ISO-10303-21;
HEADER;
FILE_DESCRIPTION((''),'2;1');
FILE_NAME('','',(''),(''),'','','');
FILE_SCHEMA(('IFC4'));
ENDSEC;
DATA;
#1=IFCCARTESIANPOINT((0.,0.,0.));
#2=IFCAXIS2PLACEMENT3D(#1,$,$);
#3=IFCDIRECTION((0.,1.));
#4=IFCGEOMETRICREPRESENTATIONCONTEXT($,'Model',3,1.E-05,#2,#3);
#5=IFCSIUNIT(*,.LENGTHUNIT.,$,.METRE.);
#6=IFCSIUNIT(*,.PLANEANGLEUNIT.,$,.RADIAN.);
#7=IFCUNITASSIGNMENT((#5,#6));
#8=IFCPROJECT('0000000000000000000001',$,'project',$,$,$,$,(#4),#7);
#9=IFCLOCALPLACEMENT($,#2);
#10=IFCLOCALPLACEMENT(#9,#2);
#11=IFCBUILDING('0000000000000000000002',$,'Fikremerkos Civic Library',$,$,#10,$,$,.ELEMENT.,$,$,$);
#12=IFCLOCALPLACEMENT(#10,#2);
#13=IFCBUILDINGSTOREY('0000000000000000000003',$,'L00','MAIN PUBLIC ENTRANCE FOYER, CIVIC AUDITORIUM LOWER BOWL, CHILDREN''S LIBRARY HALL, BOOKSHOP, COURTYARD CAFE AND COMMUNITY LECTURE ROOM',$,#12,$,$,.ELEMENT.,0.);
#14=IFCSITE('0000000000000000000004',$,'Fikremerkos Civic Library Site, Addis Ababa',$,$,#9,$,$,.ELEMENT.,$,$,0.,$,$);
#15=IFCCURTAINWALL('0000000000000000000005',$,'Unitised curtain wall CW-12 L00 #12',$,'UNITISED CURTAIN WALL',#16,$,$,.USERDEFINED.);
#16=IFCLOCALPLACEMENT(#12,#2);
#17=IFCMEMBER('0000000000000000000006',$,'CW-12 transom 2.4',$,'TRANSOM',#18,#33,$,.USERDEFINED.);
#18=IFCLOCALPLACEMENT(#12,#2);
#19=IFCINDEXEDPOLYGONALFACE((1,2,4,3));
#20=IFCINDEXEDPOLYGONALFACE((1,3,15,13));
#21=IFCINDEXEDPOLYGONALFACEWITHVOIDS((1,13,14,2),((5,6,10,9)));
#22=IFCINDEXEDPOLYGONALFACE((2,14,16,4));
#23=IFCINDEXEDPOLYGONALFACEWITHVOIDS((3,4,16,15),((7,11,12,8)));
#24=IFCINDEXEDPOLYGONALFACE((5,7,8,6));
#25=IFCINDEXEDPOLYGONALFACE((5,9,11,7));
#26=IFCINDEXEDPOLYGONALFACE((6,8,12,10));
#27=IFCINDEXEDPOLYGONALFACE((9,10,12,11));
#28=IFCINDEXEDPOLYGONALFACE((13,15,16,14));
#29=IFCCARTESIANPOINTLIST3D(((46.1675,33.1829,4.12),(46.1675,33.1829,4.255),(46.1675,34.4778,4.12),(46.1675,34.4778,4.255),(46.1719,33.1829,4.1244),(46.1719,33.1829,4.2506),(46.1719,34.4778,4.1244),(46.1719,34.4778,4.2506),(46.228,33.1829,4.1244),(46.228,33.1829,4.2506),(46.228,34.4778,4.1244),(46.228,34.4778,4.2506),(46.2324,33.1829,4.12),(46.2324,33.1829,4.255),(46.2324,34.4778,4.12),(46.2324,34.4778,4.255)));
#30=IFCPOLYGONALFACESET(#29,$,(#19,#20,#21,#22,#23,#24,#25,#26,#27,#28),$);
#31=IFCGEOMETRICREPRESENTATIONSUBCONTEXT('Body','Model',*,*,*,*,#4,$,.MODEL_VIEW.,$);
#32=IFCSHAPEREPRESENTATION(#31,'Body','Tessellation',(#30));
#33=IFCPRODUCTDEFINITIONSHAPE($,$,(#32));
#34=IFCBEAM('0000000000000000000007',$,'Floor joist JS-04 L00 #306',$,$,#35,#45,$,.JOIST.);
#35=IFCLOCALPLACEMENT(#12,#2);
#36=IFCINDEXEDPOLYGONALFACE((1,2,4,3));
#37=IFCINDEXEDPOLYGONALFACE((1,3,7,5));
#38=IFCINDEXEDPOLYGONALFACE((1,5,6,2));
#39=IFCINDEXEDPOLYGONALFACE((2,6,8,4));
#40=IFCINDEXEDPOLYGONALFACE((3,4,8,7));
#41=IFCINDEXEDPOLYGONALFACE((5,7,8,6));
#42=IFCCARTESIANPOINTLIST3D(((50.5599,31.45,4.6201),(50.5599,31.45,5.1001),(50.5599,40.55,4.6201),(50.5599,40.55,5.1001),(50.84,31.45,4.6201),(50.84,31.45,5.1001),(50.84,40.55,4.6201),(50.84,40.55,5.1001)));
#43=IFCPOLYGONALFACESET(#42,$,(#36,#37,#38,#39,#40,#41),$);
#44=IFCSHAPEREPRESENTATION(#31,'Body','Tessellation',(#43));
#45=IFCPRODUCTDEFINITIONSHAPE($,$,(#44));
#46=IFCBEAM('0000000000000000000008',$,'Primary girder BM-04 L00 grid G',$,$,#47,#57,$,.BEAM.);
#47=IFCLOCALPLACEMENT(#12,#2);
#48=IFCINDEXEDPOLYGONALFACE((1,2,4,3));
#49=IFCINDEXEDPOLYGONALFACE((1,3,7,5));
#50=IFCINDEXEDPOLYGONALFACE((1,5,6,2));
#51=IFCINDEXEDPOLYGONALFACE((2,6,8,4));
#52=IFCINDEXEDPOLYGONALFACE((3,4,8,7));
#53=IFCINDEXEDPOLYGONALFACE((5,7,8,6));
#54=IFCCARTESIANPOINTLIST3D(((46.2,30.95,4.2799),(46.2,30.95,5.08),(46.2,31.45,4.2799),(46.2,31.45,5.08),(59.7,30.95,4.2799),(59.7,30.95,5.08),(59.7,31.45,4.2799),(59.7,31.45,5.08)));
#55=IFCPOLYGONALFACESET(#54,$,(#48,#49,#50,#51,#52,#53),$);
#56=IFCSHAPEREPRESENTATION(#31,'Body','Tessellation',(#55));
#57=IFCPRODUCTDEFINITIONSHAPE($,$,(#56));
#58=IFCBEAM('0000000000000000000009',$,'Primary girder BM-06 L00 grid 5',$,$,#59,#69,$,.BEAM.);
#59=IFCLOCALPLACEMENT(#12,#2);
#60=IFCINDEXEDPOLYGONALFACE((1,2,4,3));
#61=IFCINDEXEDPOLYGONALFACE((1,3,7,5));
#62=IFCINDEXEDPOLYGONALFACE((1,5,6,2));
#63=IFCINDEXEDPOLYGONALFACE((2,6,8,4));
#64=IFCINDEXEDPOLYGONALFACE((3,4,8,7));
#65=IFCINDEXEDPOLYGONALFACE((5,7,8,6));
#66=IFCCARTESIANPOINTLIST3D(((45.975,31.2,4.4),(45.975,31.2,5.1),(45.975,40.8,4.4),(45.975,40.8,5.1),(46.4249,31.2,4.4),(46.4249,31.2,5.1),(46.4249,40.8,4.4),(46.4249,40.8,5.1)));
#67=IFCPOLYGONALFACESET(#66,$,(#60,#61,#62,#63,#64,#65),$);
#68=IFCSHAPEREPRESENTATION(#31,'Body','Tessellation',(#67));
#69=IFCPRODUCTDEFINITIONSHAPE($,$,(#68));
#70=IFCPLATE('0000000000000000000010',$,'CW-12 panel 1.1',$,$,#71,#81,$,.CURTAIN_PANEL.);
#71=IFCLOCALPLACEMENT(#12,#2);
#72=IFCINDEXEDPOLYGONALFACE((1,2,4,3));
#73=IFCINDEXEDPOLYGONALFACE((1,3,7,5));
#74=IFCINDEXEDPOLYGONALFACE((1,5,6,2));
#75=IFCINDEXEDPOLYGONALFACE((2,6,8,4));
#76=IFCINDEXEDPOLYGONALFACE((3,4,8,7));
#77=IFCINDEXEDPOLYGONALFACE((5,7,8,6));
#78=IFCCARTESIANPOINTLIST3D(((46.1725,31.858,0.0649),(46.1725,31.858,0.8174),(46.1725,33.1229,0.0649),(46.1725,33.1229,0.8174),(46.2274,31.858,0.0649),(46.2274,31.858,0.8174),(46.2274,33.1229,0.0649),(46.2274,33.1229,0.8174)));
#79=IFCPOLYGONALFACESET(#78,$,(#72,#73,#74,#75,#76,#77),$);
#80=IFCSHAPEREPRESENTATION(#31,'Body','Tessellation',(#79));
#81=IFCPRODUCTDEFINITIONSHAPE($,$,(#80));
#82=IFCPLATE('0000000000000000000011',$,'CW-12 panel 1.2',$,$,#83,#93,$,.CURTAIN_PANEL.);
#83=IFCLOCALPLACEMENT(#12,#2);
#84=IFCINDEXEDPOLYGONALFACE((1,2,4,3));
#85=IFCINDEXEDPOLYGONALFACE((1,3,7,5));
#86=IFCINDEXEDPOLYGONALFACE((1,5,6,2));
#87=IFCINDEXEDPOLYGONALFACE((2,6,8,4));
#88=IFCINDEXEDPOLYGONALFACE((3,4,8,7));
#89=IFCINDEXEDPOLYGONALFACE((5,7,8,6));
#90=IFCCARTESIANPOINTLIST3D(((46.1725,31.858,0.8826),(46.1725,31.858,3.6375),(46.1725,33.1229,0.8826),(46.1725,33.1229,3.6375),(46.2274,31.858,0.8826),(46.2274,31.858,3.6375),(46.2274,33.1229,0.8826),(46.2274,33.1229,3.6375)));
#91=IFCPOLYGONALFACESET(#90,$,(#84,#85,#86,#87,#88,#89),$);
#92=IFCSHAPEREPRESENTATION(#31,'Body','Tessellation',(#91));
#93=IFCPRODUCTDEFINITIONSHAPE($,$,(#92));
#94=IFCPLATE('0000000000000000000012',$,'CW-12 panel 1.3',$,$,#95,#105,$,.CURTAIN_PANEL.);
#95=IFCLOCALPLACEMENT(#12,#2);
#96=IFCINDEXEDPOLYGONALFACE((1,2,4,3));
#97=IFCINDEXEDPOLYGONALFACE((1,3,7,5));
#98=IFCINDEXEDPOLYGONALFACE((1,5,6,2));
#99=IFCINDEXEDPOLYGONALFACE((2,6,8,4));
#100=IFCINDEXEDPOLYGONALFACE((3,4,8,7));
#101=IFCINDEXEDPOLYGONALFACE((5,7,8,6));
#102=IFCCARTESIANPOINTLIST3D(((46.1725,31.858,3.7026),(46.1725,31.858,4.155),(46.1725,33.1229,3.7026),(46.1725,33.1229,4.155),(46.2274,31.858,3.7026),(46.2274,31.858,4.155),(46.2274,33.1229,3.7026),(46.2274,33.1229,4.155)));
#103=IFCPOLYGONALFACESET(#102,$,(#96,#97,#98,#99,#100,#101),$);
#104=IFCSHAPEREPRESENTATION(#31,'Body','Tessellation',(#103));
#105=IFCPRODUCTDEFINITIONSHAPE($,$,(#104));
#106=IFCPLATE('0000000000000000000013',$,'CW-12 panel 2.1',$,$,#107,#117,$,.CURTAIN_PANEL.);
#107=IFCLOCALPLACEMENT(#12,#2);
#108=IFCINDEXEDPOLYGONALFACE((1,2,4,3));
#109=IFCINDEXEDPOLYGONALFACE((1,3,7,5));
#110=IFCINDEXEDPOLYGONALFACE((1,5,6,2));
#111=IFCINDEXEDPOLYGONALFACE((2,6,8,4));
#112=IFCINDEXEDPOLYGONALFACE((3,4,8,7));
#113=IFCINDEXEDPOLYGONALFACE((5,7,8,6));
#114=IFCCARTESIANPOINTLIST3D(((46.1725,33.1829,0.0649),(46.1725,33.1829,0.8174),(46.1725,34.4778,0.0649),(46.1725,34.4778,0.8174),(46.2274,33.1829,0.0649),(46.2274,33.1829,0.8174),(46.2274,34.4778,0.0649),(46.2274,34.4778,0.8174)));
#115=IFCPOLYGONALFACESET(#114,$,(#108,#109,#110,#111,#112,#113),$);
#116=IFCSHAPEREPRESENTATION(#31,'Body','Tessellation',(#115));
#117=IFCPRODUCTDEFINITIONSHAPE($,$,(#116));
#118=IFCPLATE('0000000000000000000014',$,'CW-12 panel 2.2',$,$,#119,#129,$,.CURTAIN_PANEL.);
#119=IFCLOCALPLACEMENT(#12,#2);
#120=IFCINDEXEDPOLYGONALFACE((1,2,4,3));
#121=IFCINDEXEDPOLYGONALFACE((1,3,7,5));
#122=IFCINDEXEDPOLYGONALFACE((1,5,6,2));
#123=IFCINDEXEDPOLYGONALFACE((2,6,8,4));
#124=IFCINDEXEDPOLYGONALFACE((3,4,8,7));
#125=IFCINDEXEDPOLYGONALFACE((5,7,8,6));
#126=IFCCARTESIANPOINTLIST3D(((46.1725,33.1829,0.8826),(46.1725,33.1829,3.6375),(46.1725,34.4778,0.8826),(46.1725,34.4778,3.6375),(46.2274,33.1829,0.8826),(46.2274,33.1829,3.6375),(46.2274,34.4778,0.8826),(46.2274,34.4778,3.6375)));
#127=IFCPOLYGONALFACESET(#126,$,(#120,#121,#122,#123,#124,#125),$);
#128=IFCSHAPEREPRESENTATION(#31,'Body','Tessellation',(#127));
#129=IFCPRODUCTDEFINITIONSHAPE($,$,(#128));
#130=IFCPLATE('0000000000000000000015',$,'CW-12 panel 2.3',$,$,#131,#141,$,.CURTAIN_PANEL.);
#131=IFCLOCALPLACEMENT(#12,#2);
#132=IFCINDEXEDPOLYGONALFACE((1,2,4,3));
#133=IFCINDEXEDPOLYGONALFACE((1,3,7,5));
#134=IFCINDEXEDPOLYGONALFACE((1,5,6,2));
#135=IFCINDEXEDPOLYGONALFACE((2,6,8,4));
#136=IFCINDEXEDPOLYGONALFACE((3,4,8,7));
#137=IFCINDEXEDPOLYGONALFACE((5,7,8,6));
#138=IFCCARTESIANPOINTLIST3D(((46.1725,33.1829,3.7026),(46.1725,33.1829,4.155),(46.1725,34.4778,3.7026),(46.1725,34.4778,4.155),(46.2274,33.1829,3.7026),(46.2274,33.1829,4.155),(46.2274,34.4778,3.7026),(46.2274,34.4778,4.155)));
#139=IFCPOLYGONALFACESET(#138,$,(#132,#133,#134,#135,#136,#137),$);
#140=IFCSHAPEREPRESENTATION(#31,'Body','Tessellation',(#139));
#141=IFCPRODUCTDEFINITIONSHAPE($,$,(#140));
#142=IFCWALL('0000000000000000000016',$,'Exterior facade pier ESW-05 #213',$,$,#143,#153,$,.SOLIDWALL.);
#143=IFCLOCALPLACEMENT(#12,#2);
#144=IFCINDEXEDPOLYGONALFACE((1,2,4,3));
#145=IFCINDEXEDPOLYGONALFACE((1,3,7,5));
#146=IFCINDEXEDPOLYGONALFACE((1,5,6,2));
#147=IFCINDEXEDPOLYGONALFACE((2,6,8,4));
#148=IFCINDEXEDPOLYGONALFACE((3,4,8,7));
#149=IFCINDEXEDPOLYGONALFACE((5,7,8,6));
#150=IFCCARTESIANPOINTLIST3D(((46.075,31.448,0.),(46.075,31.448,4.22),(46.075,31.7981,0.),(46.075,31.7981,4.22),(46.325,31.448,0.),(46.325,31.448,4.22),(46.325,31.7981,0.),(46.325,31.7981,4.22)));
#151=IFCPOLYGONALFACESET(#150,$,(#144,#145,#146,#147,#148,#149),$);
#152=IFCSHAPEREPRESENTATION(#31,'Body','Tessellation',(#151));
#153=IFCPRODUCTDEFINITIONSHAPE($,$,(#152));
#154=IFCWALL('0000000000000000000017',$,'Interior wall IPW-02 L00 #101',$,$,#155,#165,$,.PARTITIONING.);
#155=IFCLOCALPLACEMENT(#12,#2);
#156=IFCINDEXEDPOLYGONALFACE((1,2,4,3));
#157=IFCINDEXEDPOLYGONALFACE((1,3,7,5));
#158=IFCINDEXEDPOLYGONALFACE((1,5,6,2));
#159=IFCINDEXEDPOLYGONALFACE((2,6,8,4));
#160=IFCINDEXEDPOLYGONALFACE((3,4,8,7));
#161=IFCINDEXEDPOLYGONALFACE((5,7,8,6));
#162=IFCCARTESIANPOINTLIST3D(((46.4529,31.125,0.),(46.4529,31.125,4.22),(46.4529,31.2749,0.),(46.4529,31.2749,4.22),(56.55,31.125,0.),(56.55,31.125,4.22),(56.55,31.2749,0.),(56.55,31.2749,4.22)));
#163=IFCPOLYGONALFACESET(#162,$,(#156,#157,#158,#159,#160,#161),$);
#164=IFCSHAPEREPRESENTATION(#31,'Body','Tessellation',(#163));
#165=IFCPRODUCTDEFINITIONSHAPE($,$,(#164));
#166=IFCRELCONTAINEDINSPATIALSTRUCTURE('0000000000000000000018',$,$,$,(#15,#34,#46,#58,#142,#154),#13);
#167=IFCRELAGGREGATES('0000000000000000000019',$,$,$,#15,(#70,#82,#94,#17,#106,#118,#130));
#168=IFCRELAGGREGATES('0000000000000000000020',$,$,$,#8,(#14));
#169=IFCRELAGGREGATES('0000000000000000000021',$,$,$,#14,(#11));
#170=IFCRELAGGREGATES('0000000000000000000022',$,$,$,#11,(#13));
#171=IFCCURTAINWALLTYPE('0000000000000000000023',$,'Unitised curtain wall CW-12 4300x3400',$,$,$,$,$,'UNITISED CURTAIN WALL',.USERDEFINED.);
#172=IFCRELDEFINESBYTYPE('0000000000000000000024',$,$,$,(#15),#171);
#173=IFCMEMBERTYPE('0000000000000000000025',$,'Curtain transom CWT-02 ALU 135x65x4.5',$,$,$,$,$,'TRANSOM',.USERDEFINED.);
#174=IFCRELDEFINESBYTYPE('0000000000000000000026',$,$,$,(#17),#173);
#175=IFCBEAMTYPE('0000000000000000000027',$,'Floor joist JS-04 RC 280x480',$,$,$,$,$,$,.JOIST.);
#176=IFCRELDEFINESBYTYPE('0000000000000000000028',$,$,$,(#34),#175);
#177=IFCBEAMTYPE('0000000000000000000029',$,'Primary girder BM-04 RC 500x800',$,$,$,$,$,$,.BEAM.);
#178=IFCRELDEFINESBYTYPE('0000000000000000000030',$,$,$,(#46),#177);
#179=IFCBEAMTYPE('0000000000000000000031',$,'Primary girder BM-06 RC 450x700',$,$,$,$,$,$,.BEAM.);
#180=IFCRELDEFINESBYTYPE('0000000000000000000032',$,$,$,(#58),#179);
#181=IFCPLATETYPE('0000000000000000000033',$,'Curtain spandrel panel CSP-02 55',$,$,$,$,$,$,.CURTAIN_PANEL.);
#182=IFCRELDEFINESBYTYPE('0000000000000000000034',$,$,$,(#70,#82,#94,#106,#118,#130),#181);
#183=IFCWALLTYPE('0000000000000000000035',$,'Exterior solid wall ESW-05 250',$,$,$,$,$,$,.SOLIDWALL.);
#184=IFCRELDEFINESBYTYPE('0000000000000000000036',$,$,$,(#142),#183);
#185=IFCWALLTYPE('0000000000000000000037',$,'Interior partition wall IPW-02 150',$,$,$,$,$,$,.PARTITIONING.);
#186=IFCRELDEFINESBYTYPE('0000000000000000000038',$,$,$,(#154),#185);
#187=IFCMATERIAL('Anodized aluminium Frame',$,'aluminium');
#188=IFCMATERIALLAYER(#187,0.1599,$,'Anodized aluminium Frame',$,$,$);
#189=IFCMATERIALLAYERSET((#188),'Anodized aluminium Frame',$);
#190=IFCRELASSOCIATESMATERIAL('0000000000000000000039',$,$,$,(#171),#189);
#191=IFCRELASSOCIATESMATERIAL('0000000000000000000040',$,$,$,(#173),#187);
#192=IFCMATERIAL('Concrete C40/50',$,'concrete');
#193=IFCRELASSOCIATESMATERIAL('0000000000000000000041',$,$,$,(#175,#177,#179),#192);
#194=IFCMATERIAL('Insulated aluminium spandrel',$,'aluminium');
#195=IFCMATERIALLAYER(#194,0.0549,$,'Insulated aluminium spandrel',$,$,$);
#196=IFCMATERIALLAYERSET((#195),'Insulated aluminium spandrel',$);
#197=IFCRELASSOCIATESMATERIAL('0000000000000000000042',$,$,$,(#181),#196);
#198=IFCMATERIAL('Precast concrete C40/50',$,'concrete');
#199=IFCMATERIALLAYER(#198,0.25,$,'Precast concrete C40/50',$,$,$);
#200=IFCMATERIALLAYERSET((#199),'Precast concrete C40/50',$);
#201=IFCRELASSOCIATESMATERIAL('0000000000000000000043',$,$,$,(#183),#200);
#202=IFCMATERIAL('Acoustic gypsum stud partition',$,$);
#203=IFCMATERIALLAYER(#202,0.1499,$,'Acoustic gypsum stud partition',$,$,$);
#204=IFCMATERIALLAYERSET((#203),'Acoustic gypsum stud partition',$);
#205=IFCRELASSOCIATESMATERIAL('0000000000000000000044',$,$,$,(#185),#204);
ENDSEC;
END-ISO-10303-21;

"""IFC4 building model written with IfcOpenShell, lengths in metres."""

from ifc_helpers import new_model, si_unit, direction, frame, frame_2d, origin, origin_2d, place, context, subcontext, project, spatial, rectangle, hollow_rectangle, extrude, material, layer, layer_set, material_profile, profile_set, type_object, element, aggregate, save


model = new_model("IFC4")

# Units and contexts
model_context = context("Model", 3, precision=1e-05, world=origin(), true_north=direction((0.0, 1.0)))
body_context = subcontext(model_context, "Body", "Model", "MODEL_VIEW")
ifc_project = project(units=[si_unit("LENGTHUNIT", "METRE"), si_unit("PLANEANGLEUNIT", "RADIAN")], contexts=[model_context])

# Site, building, storey
site_placement = place(None, origin())
site = spatial("IfcSite", under=ifc_project, at=site_placement, Name="Fikremerkos Civic Library Site, Addis Ababa", CompositionType="ELEMENT", RefElevation=0.0)
building_placement = place(site_placement, origin())
building = spatial("IfcBuilding", under=site, at=building_placement, Name="Fikremerkos Civic Library", CompositionType="ELEMENT")
storey_placement = place(building_placement, origin())
storey = spatial("IfcBuildingStorey", under=building, at=storey_placement, Name="L00", Description="MAIN PUBLIC ENTRANCE FOYER, CIVIC AUDITORIUM LOWER BOWL, CHILDREN'S LIBRARY HALL, BOOKSHOP, COURTYARD CAFE AND COMMUNITY LECTURE ROOM", CompositionType="ELEMENT", Elevation=0.0)

# Shared definitions
ifc_material_1 = material(Name="Concrete C40/50", Category="concrete")

# Curtain wall, member
ifc_material_2 = material(Name="Anodized aluminium Frame", Category="aluminium")
ifc_layer_1 = layer(ifc_material_2, 0.1599, Name="Anodized aluminium Frame")
ifc_layer_set_1 = layer_set([ifc_layer_1], Name="Anodized aluminium Frame")
curtain_wall_type = type_object("IfcCurtainWallType", Name="Unitised curtain wall CW-12 4300x3400", ElementType="UNITISED CURTAIN WALL", PredefinedType="USERDEFINED", material=ifc_layer_set_1)
curtain_wall_placement = place(storey_placement, origin())
curtain_wall = element("IfcCurtainWall", 1, at=curtain_wall_placement, inside=storey, type_object=curtain_wall_type, Name="Unitised curtain wall CW-12 L00 #12", ObjectType="UNITISED CURTAIN WALL", PredefinedType="USERDEFINED")
ifc_material_profile_1 = material_profile(ifc_material_2, hollow_rectangle(XDim=0.0649, YDim=0.135, WallThickness=0.0044, at=origin_2d()), Name="ALU 135x65x4.5")
ifc_profile_set_1 = profile_set([ifc_material_profile_1], Name="Anodized aluminium Frame")
member_type_1 = type_object("IfcMemberType", Name="Curtain transom CWT-02 ALU 135x65x4.5", ElementType="TRANSOM", PredefinedType="USERDEFINED", material=ifc_profile_set_1)
member_1_placement = place(storey_placement, frame((46.2, 33.1829, 4.1875), z_axis=(0.0, 1.0, 0.0), x_axis=(-1.0, 0.0, 0.0)))
member_1 = element("IfcMember", 2, at=member_1_placement, type_object=member_type_1, Name="CW-12 transom 2.4", ObjectType="TRANSOM", PredefinedType="USERDEFINED", context=body_context, shape_type="SweptSolid", body=[
    extrude(hollow_rectangle(XDim=0.0649, YDim=0.135, WallThickness=0.0044, at=origin_2d()), origin(), (0.0, 0.0, 1.0), 1.2949),
])

# Beams
ifc_material_profile_2 = material_profile(ifc_material_1, rectangle(XDim=0.28, YDim=0.48, at=origin_2d()), Name="RC 280x480")
ifc_profile_set_2 = profile_set([ifc_material_profile_2], Name="Concrete C40/50")
beam_type_1 = type_object("IfcBeamType", Name="Floor joist JS-04 RC 280x480", PredefinedType="JOIST", material=ifc_profile_set_2)
beam_1_placement = place(storey_placement, frame((50.7, 31.45, 4.8601), z_axis=(0.0, 1.0, 0.0), x_axis=(-1.0, 0.0, 0.0)))
element("IfcBeam", 3, at=beam_1_placement, inside=storey, type_object=beam_type_1, Name="Floor joist JS-04 L00 #306", PredefinedType="JOIST", context=body_context, shape_type="SweptSolid", body=[
    extrude(rectangle(XDim=0.28, YDim=0.48, at=origin_2d()), origin(), (0.0, 0.0, 1.0), 9.1001),
])
ifc_material_profile_3 = material_profile(ifc_material_1, rectangle(XDim=0.5, YDim=0.8, at=origin_2d()), Name="RC 500x800")
ifc_profile_set_3 = profile_set([ifc_material_profile_3], Name="Concrete C40/50")
beam_type_2 = type_object("IfcBeamType", Name="Primary girder BM-04 RC 500x800", PredefinedType="BEAM", material=ifc_profile_set_3)
beam_2_placement = place(storey_placement, frame((46.2, 31.2, 4.6799), z_axis=(1.0, 0.0, 0.0), x_axis=(0.0, 1.0, 0.0)))
element("IfcBeam", 4, at=beam_2_placement, inside=storey, type_object=beam_type_2, Name="Primary girder BM-04 L00 grid G", PredefinedType="BEAM", context=body_context, shape_type="SweptSolid", body=[
    extrude(rectangle(XDim=0.5, YDim=0.8, at=origin_2d()), origin(), (0.0, 0.0, 1.0), 13.5),
])
ifc_material_profile_4 = material_profile(ifc_material_1, rectangle(XDim=0.45, YDim=0.7, at=origin_2d()), Name="RC 450x700")
ifc_profile_set_4 = profile_set([ifc_material_profile_4], Name="Concrete C40/50")
beam_type_3 = type_object("IfcBeamType", Name="Primary girder BM-06 RC 450x700", PredefinedType="BEAM", material=ifc_profile_set_4)
beam_3_placement = place(storey_placement, frame((46.2, 31.2, 4.75), z_axis=(0.0, 1.0, 0.0), x_axis=(-1.0, 0.0, 0.0)))
element("IfcBeam", 5, at=beam_3_placement, inside=storey, type_object=beam_type_3, Name="Primary girder BM-06 L00 grid 5", PredefinedType="BEAM", context=body_context, shape_type="SweptSolid", body=[
    extrude(rectangle(XDim=0.45, YDim=0.7, at=origin_2d()), origin(), (0.0, 0.0, 1.0), 9.6001),
])

# Plates
ifc_material_3 = material(Name="Insulated aluminium spandrel", Category="aluminium")
ifc_layer_2 = layer(ifc_material_3, 0.0549, Name="Insulated aluminium spandrel")
ifc_layer_set_2 = layer_set([ifc_layer_2], Name="Insulated aluminium spandrel")
plate_type = type_object("IfcPlateType", Name="Curtain spandrel panel CSP-02 55", PredefinedType="CURTAIN_PANEL", material=ifc_layer_set_2)
plate_1_placement = place(storey_placement, frame((46.2, 32.4905, 0.0649), z_axis=(0.0, 0.0, 1.0), x_axis=(0.0, 1.0, 0.0)))
plate_1 = element("IfcPlate", 6, at=plate_1_placement, type_object=plate_type, Name="CW-12 panel 1.1", PredefinedType="CURTAIN_PANEL", context=body_context, shape_type="SweptSolid", body=[
    extrude(rectangle(XDim=1.2649, YDim=0.0549, at=origin_2d()), origin(), (0.0, 0.0, 1.0), 0.7524),
])
plate_2_placement = place(storey_placement, frame((46.2, 32.4905, 0.8826), z_axis=(0.0, 0.0, 1.0), x_axis=(0.0, 1.0, 0.0)))
plate_2 = element("IfcPlate", 7, at=plate_2_placement, type_object=plate_type, Name="CW-12 panel 1.2", PredefinedType="CURTAIN_PANEL", context=body_context, shape_type="SweptSolid", body=[
    extrude(rectangle(XDim=1.2649, YDim=0.0549, at=origin_2d()), origin(), (0.0, 0.0, 1.0), 2.7549),
])
plate_3_placement = place(storey_placement, frame((46.2, 32.4905, 3.7026), z_axis=(0.0, 0.0, 1.0), x_axis=(0.0, 1.0, 0.0)))
plate_3 = element("IfcPlate", 8, at=plate_3_placement, type_object=plate_type, Name="CW-12 panel 1.3", PredefinedType="CURTAIN_PANEL", context=body_context, shape_type="SweptSolid", body=[
    extrude(rectangle(XDim=1.2649, YDim=0.0549, at=origin_2d()), origin(), (0.0, 0.0, 1.0), 0.4524),
])
plate_4_placement = place(storey_placement, frame((46.2, 33.8303, 0.0649), z_axis=(0.0, 0.0, 1.0), x_axis=(0.0, 1.0, 0.0)))
plate_4 = element("IfcPlate", 9, at=plate_4_placement, type_object=plate_type, Name="CW-12 panel 2.1", PredefinedType="CURTAIN_PANEL", context=body_context, shape_type="SweptSolid", body=[
    extrude(rectangle(XDim=1.2949, YDim=0.0549, at=origin_2d()), origin(), (0.0, 0.0, 1.0), 0.7524),
])
plate_5_placement = place(storey_placement, frame((46.2, 33.8303, 0.8826), z_axis=(0.0, 0.0, 1.0), x_axis=(0.0, 1.0, 0.0)))
plate_5 = element("IfcPlate", 10, at=plate_5_placement, type_object=plate_type, Name="CW-12 panel 2.2", PredefinedType="CURTAIN_PANEL", context=body_context, shape_type="SweptSolid", body=[
    extrude(rectangle(XDim=1.2949, YDim=0.0549, at=origin_2d()), origin(), (0.0, 0.0, 1.0), 2.7549),
])
plate_6_placement = place(storey_placement, frame((46.2, 33.8303, 3.7026), z_axis=(0.0, 0.0, 1.0), x_axis=(0.0, 1.0, 0.0)))
plate_6 = element("IfcPlate", 11, at=plate_6_placement, type_object=plate_type, Name="CW-12 panel 2.3", PredefinedType="CURTAIN_PANEL", context=body_context, shape_type="SweptSolid", body=[
    extrude(rectangle(XDim=1.2949, YDim=0.0549, at=origin_2d()), origin(), (0.0, 0.0, 1.0), 0.4524),
])
aggregate(curtain_wall, [plate_1, plate_2, plate_3, member_1, plate_4, plate_5, plate_6])

# Walls
ifc_material_4 = material(Name="Precast concrete C40/50", Category="concrete")
ifc_layer_3 = layer(ifc_material_4, 0.25, Name="Precast concrete C40/50")
ifc_layer_set_3 = layer_set([ifc_layer_3], Name="Precast concrete C40/50")
wall_type_1 = type_object("IfcWallType", Name="Exterior solid wall ESW-05 250", PredefinedType="SOLIDWALL", material=ifc_layer_set_3)
wall_1_placement = place(storey_placement, frame((46.2, 31.448, 0.0), z_axis=(0.0, 0.0, 1.0), x_axis=(0.0, 1.0, 0.0)))
element("IfcWall", 12, at=wall_1_placement, inside=storey, type_object=wall_type_1, Name="Exterior facade pier ESW-05 #213", PredefinedType="SOLIDWALL", context=body_context, shape_type="SweptSolid", body=[
    extrude(rectangle(XDim=0.3501, YDim=0.25, at=frame_2d((0.175, 0.0))), origin(), (0.0, 0.0, 1.0), 4.22),
])
ifc_material_5 = material(Name="Acoustic gypsum stud partition")
ifc_layer_4 = layer(ifc_material_5, 0.1499, Name="Acoustic gypsum stud partition")
ifc_layer_set_4 = layer_set([ifc_layer_4], Name="Acoustic gypsum stud partition")
wall_type_2 = type_object("IfcWallType", Name="Interior partition wall IPW-02 150", PredefinedType="PARTITIONING", material=ifc_layer_set_4)
wall_2_placement = place(storey_placement, frame((46.4529, 31.2, 0.0), z_axis=(0.0, 0.0, 1.0), x_axis=(1.0, 0.0, 0.0)))
element("IfcWall", 13, at=wall_2_placement, inside=storey, type_object=wall_type_2, Name="Interior wall IPW-02 L00 #101", PredefinedType="PARTITIONING", context=body_context, shape_type="SweptSolid", body=[
    extrude(rectangle(XDim=10.0972, YDim=0.1499, at=frame_2d((5.0486, 0.0))), origin(), (0.0, 0.0, 1.0), 4.22),
])

save(model, "model.ifc")
